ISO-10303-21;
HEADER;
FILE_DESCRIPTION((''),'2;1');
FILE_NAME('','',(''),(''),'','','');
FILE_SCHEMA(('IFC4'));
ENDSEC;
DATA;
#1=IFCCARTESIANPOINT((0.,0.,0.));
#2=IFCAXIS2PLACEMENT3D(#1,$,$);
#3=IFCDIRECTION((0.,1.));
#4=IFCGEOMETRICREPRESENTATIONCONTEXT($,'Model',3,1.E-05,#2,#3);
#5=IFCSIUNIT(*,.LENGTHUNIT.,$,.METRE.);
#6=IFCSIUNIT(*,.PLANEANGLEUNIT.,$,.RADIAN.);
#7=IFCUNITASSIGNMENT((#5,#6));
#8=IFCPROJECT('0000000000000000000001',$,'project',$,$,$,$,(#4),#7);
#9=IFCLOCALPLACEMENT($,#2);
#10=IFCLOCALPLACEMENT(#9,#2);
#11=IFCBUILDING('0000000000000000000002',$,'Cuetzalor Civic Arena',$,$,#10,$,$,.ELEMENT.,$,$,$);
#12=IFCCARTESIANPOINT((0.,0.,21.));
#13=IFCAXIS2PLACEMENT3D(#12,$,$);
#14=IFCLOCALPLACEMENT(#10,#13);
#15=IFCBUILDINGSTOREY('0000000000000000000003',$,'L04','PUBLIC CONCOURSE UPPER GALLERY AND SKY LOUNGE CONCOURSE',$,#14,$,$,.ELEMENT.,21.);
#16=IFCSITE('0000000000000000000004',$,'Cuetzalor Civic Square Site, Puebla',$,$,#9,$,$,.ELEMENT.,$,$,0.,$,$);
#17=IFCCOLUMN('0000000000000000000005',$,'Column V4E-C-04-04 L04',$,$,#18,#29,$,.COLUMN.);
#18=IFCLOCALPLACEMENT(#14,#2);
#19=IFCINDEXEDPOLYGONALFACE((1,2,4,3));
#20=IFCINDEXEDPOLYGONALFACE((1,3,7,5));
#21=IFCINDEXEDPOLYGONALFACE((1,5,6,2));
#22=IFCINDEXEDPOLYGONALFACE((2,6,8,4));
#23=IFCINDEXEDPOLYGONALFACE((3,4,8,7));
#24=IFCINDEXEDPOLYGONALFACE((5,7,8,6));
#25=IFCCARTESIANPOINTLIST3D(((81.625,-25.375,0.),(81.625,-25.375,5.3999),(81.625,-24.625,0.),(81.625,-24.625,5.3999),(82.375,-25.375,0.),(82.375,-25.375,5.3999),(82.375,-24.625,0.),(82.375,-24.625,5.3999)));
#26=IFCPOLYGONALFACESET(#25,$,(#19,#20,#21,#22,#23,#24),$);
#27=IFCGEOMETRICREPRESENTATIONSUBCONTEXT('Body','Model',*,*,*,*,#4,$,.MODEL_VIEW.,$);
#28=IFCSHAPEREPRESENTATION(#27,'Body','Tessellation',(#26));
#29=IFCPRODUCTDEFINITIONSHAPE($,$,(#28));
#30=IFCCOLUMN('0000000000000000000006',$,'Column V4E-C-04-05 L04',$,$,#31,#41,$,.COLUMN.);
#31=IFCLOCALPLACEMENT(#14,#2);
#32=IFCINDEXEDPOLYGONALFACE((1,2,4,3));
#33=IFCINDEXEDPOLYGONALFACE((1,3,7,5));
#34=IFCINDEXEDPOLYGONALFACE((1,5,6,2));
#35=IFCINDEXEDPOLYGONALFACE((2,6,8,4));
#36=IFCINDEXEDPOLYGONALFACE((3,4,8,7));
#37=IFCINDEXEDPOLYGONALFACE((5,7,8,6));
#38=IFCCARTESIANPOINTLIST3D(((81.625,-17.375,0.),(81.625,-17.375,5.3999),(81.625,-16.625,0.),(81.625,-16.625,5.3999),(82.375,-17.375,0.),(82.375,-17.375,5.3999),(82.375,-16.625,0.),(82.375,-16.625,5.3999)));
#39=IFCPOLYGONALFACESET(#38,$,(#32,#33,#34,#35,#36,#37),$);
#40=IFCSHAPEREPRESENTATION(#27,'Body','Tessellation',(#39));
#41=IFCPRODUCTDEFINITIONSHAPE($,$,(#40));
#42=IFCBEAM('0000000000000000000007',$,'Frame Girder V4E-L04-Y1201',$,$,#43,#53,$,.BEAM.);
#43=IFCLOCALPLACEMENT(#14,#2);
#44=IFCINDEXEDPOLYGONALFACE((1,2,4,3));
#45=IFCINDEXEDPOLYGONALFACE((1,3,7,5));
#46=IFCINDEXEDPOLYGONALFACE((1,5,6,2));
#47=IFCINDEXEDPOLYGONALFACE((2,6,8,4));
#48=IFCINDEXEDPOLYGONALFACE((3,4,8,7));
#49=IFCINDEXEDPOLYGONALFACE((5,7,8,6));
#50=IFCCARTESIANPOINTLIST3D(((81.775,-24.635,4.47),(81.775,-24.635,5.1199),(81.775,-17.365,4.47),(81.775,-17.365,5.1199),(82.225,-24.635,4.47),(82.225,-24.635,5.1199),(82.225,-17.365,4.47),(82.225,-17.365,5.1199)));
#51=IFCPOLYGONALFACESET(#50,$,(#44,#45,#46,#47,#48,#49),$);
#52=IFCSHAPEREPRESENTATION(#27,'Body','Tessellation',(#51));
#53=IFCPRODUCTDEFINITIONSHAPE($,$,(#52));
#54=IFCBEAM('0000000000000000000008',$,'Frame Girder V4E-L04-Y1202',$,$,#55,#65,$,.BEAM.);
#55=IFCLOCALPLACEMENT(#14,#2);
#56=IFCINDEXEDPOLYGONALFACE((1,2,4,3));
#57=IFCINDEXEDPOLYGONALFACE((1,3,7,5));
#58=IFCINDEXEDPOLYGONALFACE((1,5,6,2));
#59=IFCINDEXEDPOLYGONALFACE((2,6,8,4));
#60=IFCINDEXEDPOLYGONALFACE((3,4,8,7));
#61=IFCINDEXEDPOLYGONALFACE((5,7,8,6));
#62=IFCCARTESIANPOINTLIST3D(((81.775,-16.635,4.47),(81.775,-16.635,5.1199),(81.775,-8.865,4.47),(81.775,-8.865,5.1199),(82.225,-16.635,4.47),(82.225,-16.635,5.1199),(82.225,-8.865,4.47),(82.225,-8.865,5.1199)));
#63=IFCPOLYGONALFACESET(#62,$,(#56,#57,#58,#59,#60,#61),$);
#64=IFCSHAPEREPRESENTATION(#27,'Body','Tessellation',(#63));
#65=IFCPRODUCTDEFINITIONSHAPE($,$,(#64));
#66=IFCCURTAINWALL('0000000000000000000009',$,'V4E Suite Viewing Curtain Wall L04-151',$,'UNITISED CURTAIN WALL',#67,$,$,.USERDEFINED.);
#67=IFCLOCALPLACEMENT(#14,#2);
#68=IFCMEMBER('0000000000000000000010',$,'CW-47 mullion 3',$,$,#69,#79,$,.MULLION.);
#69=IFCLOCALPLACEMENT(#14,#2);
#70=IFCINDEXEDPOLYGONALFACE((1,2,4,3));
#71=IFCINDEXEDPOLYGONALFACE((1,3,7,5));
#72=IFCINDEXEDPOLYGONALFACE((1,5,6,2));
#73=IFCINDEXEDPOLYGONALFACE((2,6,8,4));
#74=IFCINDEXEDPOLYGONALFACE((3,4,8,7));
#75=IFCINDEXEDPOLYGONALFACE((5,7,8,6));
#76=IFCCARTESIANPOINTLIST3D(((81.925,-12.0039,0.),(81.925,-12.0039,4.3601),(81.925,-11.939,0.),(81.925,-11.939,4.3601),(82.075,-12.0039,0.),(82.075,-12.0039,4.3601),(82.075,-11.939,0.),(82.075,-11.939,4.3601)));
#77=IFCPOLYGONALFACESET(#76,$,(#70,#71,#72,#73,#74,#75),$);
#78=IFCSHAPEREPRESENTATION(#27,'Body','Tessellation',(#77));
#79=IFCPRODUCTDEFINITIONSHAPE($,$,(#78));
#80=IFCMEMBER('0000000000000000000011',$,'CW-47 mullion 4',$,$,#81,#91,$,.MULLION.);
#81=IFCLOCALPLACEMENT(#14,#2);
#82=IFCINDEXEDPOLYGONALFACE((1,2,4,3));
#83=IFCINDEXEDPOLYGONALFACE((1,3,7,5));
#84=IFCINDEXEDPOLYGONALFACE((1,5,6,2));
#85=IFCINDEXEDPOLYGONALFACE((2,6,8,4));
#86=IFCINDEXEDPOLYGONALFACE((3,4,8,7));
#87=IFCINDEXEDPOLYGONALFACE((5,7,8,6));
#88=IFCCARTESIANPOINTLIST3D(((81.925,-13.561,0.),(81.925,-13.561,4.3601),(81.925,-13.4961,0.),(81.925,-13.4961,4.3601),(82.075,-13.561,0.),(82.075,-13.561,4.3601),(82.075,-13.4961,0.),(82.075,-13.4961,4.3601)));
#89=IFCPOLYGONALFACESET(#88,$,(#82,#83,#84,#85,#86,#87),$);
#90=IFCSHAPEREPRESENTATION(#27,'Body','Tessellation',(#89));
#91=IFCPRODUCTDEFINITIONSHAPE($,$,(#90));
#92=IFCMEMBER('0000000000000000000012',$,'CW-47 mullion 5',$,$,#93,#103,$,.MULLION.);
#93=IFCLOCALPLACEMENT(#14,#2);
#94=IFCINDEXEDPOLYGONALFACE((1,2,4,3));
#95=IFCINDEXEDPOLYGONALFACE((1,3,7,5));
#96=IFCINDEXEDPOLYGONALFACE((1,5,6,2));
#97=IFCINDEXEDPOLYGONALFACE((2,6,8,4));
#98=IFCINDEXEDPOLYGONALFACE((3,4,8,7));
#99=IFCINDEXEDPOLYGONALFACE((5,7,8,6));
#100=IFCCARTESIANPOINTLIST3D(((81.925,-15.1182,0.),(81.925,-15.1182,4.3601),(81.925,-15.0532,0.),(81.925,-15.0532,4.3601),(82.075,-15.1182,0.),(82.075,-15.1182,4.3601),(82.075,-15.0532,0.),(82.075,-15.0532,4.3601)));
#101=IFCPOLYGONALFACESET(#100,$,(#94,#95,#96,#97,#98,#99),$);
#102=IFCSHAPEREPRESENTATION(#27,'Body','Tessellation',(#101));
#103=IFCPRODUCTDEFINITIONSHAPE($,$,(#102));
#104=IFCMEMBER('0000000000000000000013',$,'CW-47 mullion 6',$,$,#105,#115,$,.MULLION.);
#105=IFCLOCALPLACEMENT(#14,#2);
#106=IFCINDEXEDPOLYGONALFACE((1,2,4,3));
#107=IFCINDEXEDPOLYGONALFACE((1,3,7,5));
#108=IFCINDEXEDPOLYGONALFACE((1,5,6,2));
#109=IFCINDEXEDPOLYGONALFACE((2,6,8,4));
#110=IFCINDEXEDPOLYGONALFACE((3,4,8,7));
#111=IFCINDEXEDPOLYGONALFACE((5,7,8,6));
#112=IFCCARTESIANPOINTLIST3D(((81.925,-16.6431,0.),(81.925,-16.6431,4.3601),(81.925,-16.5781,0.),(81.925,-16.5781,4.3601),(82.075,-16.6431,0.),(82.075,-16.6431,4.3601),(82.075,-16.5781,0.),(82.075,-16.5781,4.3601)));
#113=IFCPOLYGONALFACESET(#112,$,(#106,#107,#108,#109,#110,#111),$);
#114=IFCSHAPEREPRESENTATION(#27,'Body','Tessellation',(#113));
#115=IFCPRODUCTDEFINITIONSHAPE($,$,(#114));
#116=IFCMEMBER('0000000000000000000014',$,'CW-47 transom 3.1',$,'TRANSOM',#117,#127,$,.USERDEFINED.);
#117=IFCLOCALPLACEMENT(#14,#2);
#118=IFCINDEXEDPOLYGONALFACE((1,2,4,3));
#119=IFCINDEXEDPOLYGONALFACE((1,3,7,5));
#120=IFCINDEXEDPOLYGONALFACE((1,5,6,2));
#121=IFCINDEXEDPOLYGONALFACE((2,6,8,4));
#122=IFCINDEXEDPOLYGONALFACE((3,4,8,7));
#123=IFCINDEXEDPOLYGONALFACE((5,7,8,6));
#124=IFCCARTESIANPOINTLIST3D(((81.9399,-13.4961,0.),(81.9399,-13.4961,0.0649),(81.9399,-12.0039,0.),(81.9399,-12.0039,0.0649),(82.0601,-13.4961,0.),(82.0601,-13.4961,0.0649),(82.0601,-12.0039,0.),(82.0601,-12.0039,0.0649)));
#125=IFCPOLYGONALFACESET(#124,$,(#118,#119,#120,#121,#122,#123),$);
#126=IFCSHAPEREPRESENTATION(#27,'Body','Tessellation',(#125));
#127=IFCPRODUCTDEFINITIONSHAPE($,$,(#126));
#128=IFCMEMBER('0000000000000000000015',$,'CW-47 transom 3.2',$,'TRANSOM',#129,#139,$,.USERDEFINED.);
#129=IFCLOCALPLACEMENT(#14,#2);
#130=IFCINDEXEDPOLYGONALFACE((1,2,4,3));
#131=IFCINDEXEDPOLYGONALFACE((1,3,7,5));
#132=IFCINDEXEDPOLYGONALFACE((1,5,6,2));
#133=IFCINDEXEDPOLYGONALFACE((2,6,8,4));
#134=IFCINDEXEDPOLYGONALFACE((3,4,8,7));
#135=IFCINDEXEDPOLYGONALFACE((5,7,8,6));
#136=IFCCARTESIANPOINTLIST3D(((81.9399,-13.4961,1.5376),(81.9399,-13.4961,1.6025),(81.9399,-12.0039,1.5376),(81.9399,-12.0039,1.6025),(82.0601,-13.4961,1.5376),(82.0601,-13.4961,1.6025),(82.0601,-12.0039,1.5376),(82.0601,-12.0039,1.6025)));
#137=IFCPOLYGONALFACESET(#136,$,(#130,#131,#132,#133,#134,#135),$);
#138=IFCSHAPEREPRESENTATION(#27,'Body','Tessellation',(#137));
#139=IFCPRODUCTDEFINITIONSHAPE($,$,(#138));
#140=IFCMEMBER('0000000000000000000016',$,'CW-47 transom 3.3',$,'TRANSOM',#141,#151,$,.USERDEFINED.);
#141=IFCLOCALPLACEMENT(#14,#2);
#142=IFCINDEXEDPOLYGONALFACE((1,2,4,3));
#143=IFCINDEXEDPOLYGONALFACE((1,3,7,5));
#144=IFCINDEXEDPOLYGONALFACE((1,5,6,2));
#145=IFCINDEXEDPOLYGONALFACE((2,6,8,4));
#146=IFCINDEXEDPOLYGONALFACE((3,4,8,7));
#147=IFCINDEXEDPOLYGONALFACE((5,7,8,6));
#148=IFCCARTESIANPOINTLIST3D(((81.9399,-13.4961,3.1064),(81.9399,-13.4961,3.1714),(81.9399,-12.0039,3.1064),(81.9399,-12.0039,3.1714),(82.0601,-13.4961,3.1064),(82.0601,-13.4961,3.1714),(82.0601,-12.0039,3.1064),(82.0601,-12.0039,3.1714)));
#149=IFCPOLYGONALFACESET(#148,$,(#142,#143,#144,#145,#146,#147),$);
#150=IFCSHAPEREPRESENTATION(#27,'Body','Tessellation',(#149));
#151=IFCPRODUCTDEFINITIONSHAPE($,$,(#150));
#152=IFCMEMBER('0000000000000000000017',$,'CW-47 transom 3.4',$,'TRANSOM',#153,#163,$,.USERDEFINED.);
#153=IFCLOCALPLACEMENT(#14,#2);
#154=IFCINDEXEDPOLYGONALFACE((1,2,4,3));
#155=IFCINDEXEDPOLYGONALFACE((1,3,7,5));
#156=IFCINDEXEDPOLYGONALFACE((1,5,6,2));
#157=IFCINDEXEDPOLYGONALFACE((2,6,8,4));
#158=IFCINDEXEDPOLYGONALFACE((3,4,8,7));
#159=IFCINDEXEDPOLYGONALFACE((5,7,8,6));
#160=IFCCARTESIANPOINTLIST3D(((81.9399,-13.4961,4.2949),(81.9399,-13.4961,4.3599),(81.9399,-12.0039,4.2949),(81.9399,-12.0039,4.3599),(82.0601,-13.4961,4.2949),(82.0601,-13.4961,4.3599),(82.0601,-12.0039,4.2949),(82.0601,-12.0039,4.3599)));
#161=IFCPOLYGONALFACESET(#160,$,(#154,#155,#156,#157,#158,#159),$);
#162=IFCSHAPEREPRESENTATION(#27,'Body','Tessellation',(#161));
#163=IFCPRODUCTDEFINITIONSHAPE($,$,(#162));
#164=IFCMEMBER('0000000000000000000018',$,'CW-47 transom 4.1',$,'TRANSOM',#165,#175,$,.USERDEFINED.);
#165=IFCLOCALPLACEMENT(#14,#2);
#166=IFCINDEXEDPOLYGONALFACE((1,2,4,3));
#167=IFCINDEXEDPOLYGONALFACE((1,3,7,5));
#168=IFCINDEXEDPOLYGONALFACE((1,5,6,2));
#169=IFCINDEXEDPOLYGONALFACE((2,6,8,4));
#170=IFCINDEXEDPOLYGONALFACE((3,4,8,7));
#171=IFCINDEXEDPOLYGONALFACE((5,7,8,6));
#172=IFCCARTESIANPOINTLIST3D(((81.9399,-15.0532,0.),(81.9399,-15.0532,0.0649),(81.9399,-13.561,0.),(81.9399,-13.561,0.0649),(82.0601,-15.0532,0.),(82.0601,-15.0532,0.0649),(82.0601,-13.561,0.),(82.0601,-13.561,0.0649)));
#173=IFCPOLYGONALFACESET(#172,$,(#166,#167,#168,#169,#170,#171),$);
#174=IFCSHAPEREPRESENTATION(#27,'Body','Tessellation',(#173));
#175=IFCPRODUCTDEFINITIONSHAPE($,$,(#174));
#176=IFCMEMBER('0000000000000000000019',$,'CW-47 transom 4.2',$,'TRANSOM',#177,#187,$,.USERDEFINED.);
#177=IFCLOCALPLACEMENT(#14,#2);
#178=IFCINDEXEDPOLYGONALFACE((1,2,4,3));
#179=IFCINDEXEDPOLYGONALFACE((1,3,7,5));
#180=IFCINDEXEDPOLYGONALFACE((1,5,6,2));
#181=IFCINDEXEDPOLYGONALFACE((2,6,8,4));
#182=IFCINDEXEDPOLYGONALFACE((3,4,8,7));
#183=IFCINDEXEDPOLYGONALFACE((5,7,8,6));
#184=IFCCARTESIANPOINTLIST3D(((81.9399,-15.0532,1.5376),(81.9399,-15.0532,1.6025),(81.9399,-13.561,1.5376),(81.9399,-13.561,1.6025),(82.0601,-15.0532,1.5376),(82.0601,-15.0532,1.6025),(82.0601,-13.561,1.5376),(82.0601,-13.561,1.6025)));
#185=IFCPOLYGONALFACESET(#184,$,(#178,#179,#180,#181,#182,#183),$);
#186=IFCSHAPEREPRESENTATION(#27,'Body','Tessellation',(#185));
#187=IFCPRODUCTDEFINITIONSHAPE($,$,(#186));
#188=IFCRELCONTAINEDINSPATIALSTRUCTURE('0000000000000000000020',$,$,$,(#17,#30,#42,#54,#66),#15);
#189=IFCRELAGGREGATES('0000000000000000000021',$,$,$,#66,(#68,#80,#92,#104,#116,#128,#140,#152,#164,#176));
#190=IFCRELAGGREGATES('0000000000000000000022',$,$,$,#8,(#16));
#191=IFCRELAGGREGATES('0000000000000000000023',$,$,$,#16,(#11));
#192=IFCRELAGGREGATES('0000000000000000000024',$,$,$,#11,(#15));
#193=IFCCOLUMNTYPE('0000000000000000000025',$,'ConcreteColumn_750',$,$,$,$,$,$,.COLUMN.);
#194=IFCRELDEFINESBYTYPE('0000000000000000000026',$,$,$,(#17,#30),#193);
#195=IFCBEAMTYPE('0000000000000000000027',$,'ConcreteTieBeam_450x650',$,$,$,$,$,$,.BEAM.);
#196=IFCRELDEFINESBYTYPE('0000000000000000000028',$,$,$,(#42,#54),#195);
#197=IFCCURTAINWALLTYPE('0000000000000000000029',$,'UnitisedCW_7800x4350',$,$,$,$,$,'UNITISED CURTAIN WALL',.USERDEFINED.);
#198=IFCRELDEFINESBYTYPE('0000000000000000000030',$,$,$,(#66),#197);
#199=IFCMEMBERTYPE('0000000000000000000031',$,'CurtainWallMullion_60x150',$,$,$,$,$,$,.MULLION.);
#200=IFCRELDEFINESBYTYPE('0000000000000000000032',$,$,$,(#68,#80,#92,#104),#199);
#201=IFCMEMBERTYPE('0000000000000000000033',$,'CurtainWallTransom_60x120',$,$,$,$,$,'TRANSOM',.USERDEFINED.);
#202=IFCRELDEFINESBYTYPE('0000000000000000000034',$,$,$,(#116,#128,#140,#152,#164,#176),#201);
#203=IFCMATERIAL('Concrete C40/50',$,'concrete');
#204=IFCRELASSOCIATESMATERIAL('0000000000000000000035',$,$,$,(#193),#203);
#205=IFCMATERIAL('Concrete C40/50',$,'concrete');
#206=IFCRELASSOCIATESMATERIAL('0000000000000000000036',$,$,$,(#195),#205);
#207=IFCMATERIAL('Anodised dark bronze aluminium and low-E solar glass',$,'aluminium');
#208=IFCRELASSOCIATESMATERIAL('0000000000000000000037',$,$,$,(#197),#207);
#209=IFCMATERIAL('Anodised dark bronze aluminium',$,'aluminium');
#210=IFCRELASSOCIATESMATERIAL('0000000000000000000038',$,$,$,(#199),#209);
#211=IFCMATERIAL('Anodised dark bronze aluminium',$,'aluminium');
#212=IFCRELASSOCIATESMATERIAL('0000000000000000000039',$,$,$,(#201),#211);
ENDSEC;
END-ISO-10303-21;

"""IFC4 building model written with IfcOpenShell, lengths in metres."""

from ifc_helpers import new_model, si_unit, direction, frame, origin, origin_2d, place, context, subcontext, project, spatial, rectangle, extrude, material, material_profile, profile_set, type_object, element, aggregate, save


model = new_model("IFC4")

# Units and contexts
model_context = context("Model", 3, precision=1e-05, world=origin(), true_north=direction((0.0, 1.0)))
body_context = subcontext(model_context, "Body", "Model", "MODEL_VIEW")
ifc_project = project(units=[si_unit("LENGTHUNIT", "METRE"), si_unit("PLANEANGLEUNIT", "RADIAN")], contexts=[model_context])

# Site, building, storey
site_placement = place(None, origin())
site = spatial("IfcSite", under=ifc_project, at=site_placement, Name="Cuetzalor Civic Square Site, Puebla", CompositionType="ELEMENT", RefElevation=0.0)
building_placement = place(site_placement, origin())
building = spatial("IfcBuilding", under=site, at=building_placement, Name="Cuetzalor Civic Arena", CompositionType="ELEMENT")
storey_placement = place(building_placement, frame((0.0, 0.0, 21.0)))
storey = spatial("IfcBuildingStorey", under=building, at=storey_placement, Name="L04", Description="PUBLIC CONCOURSE UPPER GALLERY AND SKY LOUNGE CONCOURSE", CompositionType="ELEMENT", Elevation=21.0)

# Columns
ifc_material_1 = material(Name="Concrete C40/50", Category="concrete")
ifc_material_profile_1 = material_profile(ifc_material_1, rectangle(XDim=0.75, YDim=0.75, at=origin_2d()), Name="RC 750x750")
ifc_profile_set_1 = profile_set([ifc_material_profile_1], Name="Concrete C40/50")
column_type = type_object("IfcColumnType", Name="ConcreteColumn_750", PredefinedType="COLUMN", material=ifc_profile_set_1)
for number, where, z_axis, x_axis, name in (
    (1, (82.0, -25.0, 0.0), (0.0, 0.0, 1.0), (1.0, 0.0, 0.0), "Column V4E-C-04-04 L04"),
    (2, (82.0, -17.0, 0.0), (0.0, 0.0, 1.0), (1.0, 0.0, 0.0), "Column V4E-C-04-05 L04"),
):
    element("IfcColumn", number, at=place(storey_placement, frame(where, z_axis=z_axis, x_axis=x_axis)), inside=storey, type_object=column_type, Name=name, PredefinedType="COLUMN", context=body_context, shape_type="SweptSolid", body=[
        extrude(rectangle(XDim=0.75, YDim=0.75, at=origin_2d()), origin(), (0.0, 0.0, 1.0), 5.3999),
    ])

# Beams
ifc_material_2 = material(Name="Concrete C40/50", Category="concrete")
ifc_material_profile_2 = material_profile(ifc_material_2, rectangle(XDim=0.45, YDim=0.6499, at=origin_2d()), Name="RC 450x650")
ifc_profile_set_2 = profile_set([ifc_material_profile_2], Name="Concrete C40/50")
beam_type = type_object("IfcBeamType", Name="ConcreteTieBeam_450x650", PredefinedType="BEAM", material=ifc_profile_set_2)
beam_1_placement = place(storey_placement, frame((82.0, -24.635, 4.7949), z_axis=(0.0, 1.0, 0.0), x_axis=(-1.0, 0.0, 0.0)))
element("IfcBeam", 3, at=beam_1_placement, inside=storey, type_object=beam_type, Name="Frame Girder V4E-L04-Y1201", PredefinedType="BEAM", context=body_context, shape_type="SweptSolid", body=[
    extrude(rectangle(XDim=0.45, YDim=0.6499, at=origin_2d()), origin(), (0.0, 0.0, 1.0), 7.27),
])
beam_2_placement = place(storey_placement, frame((82.0, -16.635, 4.7949), z_axis=(0.0, 1.0, 0.0), x_axis=(-1.0, 0.0, 0.0)))
element("IfcBeam", 4, at=beam_2_placement, inside=storey, type_object=beam_type, Name="Frame Girder V4E-L04-Y1202", PredefinedType="BEAM", context=body_context, shape_type="SweptSolid", body=[
    extrude(rectangle(XDim=0.45, YDim=0.6499, at=origin_2d()), origin(), (0.0, 0.0, 1.0), 7.77),
])

# Curtain wall, members
ifc_material_3 = material(Name="Anodised dark bronze aluminium and low-E solar glass", Category="aluminium")
curtain_wall_type = type_object("IfcCurtainWallType", Name="UnitisedCW_7800x4350", ElementType="UNITISED CURTAIN WALL", PredefinedType="USERDEFINED", material=ifc_material_3)
curtain_wall_placement = place(storey_placement, origin())
curtain_wall = element("IfcCurtainWall", 5, at=curtain_wall_placement, inside=storey, type_object=curtain_wall_type, Name="V4E Suite Viewing Curtain Wall L04-151", ObjectType="UNITISED CURTAIN WALL", PredefinedType="USERDEFINED")
ifc_material_4 = material(Name="Anodised dark bronze aluminium", Category="aluminium")
ifc_material_profile_3 = material_profile(ifc_material_4, rectangle(XDim=0.0649, YDim=0.1499, at=origin_2d()), Name="ALU MULLION 65x150")
ifc_profile_set_3 = profile_set([ifc_material_profile_3], Name="Anodised dark bronze aluminium")
member_type_1 = type_object("IfcMemberType", Name="CurtainWallMullion_60x150", PredefinedType="MULLION", material=ifc_profile_set_3)
member_1_placement = place(storey_placement, frame((82.0, -11.9714, 0.0), z_axis=(0.0, 0.0, 1.0), x_axis=(0.0, -1.0, 0.0)))
member_1 = element("IfcMember", 6, at=member_1_placement, type_object=member_type_1, Name="CW-47 mullion 3", PredefinedType="MULLION", context=body_context, shape_type="SweptSolid", body=[
    extrude(rectangle(XDim=0.0649, YDim=0.1499, at=origin_2d()), origin(), (0.0, 0.0, 1.0), 4.3601),
])
member_2_placement = place(storey_placement, frame((82.0, -13.5286, 0.0), z_axis=(0.0, 0.0, 1.0), x_axis=(0.0, -1.0, 0.0)))
member_2 = element("IfcMember", 7, at=member_2_placement, type_object=member_type_1, Name="CW-47 mullion 4", PredefinedType="MULLION", context=body_context, shape_type="SweptSolid", body=[
    extrude(rectangle(XDim=0.0649, YDim=0.1499, at=origin_2d()), origin(), (0.0, 0.0, 1.0), 4.3601),
])
member_3_placement = place(storey_placement, frame((82.0, -15.0857, 0.0), z_axis=(0.0, 0.0, 1.0), x_axis=(0.0, -1.0, 0.0)))
member_3 = element("IfcMember", 8, at=member_3_placement, type_object=member_type_1, Name="CW-47 mullion 5", PredefinedType="MULLION", context=body_context, shape_type="SweptSolid", body=[
    extrude(rectangle(XDim=0.0649, YDim=0.1499, at=origin_2d()), origin(), (0.0, 0.0, 1.0), 4.3601),
])
member_4_placement = place(storey_placement, frame((82.0, -16.6106, 0.0), z_axis=(0.0, 0.0, 1.0), x_axis=(0.0, -1.0, 0.0)))
member_4 = element("IfcMember", 9, at=member_4_placement, type_object=member_type_1, Name="CW-47 mullion 6", PredefinedType="MULLION", context=body_context, shape_type="SweptSolid", body=[
    extrude(rectangle(XDim=0.0649, YDim=0.1499, at=origin_2d()), origin(), (0.0, 0.0, 1.0), 4.3601),
])
ifc_material_5 = material(Name="Anodised dark bronze aluminium", Category="aluminium")
ifc_material_profile_4 = material_profile(ifc_material_5, rectangle(XDim=0.1201, YDim=0.0649, at=origin_2d()), Name="ALU TRANSOM 65x120")
ifc_profile_set_4 = profile_set([ifc_material_profile_4], Name="Anodised dark bronze aluminium")
member_type_2 = type_object("IfcMemberType", Name="CurtainWallTransom_60x120", ElementType="TRANSOM", PredefinedType="USERDEFINED", material=ifc_profile_set_4)
member_5_placement = place(storey_placement, frame((82.0, -12.0039, 0.0325), z_axis=(0.0, -1.0, 0.0), x_axis=(1.0, 0.0, 0.0)))
member_5 = element("IfcMember", 10, at=member_5_placement, type_object=member_type_2, Name="CW-47 transom 3.1", ObjectType="TRANSOM", PredefinedType="USERDEFINED", context=body_context, shape_type="SweptSolid", body=[
    extrude(rectangle(XDim=0.1201, YDim=0.0649, at=origin_2d()), origin(), (0.0, 0.0, 1.0), 1.4922),
])
member_6_placement = place(storey_placement, frame((82.0, -12.0039, 1.5701), z_axis=(0.0, -1.0, 0.0), x_axis=(1.0, 0.0, 0.0)))
member_6 = element("IfcMember", 11, at=member_6_placement, type_object=member_type_2, Name="CW-47 transom 3.2", ObjectType="TRANSOM", PredefinedType="USERDEFINED", context=body_context, shape_type="SweptSolid", body=[
    extrude(rectangle(XDim=0.1201, YDim=0.0649, at=origin_2d()), origin(), (0.0, 0.0, 1.0), 1.4922),
])
member_7_placement = place(storey_placement, frame((82.0, -12.0039, 3.1389), z_axis=(0.0, -1.0, 0.0), x_axis=(1.0, 0.0, 0.0)))
member_7 = element("IfcMember", 12, at=member_7_placement, type_object=member_type_2, Name="CW-47 transom 3.3", ObjectType="TRANSOM", PredefinedType="USERDEFINED", context=body_context, shape_type="SweptSolid", body=[
    extrude(rectangle(XDim=0.1201, YDim=0.0649, at=origin_2d()), origin(), (0.0, 0.0, 1.0), 1.4922),
])
member_8_placement = place(storey_placement, frame((82.0, -12.0039, 4.3274), z_axis=(0.0, -1.0, 0.0), x_axis=(1.0, 0.0, 0.0)))
member_8 = element("IfcMember", 13, at=member_8_placement, type_object=member_type_2, Name="CW-47 transom 3.4", ObjectType="TRANSOM", PredefinedType="USERDEFINED", context=body_context, shape_type="SweptSolid", body=[
    extrude(rectangle(XDim=0.1201, YDim=0.0649, at=origin_2d()), origin(), (0.0, 0.0, 1.0), 1.4922),
])
member_9_placement = place(storey_placement, frame((82.0, -13.561, 0.0325), z_axis=(0.0, -1.0, 0.0), x_axis=(1.0, 0.0, 0.0)))
member_9 = element("IfcMember", 14, at=member_9_placement, type_object=member_type_2, Name="CW-47 transom 4.1", ObjectType="TRANSOM", PredefinedType="USERDEFINED", context=body_context, shape_type="SweptSolid", body=[
    extrude(rectangle(XDim=0.1201, YDim=0.0649, at=origin_2d()), origin(), (0.0, 0.0, 1.0), 1.4922),
])
member_10_placement = place(storey_placement, frame((82.0, -13.561, 1.5701), z_axis=(0.0, -1.0, 0.0), x_axis=(1.0, 0.0, 0.0)))
member_10 = element("IfcMember", 15, at=member_10_placement, type_object=member_type_2, Name="CW-47 transom 4.2", ObjectType="TRANSOM", PredefinedType="USERDEFINED", context=body_context, shape_type="SweptSolid", body=[
    extrude(rectangle(XDim=0.1201, YDim=0.0649, at=origin_2d()), origin(), (0.0, 0.0, 1.0), 1.4922),
])
aggregate(curtain_wall, [member_1, member_2, member_3, member_4, member_5, member_6, member_7, member_8, member_9, member_10])

save(model, "model.ifc")
